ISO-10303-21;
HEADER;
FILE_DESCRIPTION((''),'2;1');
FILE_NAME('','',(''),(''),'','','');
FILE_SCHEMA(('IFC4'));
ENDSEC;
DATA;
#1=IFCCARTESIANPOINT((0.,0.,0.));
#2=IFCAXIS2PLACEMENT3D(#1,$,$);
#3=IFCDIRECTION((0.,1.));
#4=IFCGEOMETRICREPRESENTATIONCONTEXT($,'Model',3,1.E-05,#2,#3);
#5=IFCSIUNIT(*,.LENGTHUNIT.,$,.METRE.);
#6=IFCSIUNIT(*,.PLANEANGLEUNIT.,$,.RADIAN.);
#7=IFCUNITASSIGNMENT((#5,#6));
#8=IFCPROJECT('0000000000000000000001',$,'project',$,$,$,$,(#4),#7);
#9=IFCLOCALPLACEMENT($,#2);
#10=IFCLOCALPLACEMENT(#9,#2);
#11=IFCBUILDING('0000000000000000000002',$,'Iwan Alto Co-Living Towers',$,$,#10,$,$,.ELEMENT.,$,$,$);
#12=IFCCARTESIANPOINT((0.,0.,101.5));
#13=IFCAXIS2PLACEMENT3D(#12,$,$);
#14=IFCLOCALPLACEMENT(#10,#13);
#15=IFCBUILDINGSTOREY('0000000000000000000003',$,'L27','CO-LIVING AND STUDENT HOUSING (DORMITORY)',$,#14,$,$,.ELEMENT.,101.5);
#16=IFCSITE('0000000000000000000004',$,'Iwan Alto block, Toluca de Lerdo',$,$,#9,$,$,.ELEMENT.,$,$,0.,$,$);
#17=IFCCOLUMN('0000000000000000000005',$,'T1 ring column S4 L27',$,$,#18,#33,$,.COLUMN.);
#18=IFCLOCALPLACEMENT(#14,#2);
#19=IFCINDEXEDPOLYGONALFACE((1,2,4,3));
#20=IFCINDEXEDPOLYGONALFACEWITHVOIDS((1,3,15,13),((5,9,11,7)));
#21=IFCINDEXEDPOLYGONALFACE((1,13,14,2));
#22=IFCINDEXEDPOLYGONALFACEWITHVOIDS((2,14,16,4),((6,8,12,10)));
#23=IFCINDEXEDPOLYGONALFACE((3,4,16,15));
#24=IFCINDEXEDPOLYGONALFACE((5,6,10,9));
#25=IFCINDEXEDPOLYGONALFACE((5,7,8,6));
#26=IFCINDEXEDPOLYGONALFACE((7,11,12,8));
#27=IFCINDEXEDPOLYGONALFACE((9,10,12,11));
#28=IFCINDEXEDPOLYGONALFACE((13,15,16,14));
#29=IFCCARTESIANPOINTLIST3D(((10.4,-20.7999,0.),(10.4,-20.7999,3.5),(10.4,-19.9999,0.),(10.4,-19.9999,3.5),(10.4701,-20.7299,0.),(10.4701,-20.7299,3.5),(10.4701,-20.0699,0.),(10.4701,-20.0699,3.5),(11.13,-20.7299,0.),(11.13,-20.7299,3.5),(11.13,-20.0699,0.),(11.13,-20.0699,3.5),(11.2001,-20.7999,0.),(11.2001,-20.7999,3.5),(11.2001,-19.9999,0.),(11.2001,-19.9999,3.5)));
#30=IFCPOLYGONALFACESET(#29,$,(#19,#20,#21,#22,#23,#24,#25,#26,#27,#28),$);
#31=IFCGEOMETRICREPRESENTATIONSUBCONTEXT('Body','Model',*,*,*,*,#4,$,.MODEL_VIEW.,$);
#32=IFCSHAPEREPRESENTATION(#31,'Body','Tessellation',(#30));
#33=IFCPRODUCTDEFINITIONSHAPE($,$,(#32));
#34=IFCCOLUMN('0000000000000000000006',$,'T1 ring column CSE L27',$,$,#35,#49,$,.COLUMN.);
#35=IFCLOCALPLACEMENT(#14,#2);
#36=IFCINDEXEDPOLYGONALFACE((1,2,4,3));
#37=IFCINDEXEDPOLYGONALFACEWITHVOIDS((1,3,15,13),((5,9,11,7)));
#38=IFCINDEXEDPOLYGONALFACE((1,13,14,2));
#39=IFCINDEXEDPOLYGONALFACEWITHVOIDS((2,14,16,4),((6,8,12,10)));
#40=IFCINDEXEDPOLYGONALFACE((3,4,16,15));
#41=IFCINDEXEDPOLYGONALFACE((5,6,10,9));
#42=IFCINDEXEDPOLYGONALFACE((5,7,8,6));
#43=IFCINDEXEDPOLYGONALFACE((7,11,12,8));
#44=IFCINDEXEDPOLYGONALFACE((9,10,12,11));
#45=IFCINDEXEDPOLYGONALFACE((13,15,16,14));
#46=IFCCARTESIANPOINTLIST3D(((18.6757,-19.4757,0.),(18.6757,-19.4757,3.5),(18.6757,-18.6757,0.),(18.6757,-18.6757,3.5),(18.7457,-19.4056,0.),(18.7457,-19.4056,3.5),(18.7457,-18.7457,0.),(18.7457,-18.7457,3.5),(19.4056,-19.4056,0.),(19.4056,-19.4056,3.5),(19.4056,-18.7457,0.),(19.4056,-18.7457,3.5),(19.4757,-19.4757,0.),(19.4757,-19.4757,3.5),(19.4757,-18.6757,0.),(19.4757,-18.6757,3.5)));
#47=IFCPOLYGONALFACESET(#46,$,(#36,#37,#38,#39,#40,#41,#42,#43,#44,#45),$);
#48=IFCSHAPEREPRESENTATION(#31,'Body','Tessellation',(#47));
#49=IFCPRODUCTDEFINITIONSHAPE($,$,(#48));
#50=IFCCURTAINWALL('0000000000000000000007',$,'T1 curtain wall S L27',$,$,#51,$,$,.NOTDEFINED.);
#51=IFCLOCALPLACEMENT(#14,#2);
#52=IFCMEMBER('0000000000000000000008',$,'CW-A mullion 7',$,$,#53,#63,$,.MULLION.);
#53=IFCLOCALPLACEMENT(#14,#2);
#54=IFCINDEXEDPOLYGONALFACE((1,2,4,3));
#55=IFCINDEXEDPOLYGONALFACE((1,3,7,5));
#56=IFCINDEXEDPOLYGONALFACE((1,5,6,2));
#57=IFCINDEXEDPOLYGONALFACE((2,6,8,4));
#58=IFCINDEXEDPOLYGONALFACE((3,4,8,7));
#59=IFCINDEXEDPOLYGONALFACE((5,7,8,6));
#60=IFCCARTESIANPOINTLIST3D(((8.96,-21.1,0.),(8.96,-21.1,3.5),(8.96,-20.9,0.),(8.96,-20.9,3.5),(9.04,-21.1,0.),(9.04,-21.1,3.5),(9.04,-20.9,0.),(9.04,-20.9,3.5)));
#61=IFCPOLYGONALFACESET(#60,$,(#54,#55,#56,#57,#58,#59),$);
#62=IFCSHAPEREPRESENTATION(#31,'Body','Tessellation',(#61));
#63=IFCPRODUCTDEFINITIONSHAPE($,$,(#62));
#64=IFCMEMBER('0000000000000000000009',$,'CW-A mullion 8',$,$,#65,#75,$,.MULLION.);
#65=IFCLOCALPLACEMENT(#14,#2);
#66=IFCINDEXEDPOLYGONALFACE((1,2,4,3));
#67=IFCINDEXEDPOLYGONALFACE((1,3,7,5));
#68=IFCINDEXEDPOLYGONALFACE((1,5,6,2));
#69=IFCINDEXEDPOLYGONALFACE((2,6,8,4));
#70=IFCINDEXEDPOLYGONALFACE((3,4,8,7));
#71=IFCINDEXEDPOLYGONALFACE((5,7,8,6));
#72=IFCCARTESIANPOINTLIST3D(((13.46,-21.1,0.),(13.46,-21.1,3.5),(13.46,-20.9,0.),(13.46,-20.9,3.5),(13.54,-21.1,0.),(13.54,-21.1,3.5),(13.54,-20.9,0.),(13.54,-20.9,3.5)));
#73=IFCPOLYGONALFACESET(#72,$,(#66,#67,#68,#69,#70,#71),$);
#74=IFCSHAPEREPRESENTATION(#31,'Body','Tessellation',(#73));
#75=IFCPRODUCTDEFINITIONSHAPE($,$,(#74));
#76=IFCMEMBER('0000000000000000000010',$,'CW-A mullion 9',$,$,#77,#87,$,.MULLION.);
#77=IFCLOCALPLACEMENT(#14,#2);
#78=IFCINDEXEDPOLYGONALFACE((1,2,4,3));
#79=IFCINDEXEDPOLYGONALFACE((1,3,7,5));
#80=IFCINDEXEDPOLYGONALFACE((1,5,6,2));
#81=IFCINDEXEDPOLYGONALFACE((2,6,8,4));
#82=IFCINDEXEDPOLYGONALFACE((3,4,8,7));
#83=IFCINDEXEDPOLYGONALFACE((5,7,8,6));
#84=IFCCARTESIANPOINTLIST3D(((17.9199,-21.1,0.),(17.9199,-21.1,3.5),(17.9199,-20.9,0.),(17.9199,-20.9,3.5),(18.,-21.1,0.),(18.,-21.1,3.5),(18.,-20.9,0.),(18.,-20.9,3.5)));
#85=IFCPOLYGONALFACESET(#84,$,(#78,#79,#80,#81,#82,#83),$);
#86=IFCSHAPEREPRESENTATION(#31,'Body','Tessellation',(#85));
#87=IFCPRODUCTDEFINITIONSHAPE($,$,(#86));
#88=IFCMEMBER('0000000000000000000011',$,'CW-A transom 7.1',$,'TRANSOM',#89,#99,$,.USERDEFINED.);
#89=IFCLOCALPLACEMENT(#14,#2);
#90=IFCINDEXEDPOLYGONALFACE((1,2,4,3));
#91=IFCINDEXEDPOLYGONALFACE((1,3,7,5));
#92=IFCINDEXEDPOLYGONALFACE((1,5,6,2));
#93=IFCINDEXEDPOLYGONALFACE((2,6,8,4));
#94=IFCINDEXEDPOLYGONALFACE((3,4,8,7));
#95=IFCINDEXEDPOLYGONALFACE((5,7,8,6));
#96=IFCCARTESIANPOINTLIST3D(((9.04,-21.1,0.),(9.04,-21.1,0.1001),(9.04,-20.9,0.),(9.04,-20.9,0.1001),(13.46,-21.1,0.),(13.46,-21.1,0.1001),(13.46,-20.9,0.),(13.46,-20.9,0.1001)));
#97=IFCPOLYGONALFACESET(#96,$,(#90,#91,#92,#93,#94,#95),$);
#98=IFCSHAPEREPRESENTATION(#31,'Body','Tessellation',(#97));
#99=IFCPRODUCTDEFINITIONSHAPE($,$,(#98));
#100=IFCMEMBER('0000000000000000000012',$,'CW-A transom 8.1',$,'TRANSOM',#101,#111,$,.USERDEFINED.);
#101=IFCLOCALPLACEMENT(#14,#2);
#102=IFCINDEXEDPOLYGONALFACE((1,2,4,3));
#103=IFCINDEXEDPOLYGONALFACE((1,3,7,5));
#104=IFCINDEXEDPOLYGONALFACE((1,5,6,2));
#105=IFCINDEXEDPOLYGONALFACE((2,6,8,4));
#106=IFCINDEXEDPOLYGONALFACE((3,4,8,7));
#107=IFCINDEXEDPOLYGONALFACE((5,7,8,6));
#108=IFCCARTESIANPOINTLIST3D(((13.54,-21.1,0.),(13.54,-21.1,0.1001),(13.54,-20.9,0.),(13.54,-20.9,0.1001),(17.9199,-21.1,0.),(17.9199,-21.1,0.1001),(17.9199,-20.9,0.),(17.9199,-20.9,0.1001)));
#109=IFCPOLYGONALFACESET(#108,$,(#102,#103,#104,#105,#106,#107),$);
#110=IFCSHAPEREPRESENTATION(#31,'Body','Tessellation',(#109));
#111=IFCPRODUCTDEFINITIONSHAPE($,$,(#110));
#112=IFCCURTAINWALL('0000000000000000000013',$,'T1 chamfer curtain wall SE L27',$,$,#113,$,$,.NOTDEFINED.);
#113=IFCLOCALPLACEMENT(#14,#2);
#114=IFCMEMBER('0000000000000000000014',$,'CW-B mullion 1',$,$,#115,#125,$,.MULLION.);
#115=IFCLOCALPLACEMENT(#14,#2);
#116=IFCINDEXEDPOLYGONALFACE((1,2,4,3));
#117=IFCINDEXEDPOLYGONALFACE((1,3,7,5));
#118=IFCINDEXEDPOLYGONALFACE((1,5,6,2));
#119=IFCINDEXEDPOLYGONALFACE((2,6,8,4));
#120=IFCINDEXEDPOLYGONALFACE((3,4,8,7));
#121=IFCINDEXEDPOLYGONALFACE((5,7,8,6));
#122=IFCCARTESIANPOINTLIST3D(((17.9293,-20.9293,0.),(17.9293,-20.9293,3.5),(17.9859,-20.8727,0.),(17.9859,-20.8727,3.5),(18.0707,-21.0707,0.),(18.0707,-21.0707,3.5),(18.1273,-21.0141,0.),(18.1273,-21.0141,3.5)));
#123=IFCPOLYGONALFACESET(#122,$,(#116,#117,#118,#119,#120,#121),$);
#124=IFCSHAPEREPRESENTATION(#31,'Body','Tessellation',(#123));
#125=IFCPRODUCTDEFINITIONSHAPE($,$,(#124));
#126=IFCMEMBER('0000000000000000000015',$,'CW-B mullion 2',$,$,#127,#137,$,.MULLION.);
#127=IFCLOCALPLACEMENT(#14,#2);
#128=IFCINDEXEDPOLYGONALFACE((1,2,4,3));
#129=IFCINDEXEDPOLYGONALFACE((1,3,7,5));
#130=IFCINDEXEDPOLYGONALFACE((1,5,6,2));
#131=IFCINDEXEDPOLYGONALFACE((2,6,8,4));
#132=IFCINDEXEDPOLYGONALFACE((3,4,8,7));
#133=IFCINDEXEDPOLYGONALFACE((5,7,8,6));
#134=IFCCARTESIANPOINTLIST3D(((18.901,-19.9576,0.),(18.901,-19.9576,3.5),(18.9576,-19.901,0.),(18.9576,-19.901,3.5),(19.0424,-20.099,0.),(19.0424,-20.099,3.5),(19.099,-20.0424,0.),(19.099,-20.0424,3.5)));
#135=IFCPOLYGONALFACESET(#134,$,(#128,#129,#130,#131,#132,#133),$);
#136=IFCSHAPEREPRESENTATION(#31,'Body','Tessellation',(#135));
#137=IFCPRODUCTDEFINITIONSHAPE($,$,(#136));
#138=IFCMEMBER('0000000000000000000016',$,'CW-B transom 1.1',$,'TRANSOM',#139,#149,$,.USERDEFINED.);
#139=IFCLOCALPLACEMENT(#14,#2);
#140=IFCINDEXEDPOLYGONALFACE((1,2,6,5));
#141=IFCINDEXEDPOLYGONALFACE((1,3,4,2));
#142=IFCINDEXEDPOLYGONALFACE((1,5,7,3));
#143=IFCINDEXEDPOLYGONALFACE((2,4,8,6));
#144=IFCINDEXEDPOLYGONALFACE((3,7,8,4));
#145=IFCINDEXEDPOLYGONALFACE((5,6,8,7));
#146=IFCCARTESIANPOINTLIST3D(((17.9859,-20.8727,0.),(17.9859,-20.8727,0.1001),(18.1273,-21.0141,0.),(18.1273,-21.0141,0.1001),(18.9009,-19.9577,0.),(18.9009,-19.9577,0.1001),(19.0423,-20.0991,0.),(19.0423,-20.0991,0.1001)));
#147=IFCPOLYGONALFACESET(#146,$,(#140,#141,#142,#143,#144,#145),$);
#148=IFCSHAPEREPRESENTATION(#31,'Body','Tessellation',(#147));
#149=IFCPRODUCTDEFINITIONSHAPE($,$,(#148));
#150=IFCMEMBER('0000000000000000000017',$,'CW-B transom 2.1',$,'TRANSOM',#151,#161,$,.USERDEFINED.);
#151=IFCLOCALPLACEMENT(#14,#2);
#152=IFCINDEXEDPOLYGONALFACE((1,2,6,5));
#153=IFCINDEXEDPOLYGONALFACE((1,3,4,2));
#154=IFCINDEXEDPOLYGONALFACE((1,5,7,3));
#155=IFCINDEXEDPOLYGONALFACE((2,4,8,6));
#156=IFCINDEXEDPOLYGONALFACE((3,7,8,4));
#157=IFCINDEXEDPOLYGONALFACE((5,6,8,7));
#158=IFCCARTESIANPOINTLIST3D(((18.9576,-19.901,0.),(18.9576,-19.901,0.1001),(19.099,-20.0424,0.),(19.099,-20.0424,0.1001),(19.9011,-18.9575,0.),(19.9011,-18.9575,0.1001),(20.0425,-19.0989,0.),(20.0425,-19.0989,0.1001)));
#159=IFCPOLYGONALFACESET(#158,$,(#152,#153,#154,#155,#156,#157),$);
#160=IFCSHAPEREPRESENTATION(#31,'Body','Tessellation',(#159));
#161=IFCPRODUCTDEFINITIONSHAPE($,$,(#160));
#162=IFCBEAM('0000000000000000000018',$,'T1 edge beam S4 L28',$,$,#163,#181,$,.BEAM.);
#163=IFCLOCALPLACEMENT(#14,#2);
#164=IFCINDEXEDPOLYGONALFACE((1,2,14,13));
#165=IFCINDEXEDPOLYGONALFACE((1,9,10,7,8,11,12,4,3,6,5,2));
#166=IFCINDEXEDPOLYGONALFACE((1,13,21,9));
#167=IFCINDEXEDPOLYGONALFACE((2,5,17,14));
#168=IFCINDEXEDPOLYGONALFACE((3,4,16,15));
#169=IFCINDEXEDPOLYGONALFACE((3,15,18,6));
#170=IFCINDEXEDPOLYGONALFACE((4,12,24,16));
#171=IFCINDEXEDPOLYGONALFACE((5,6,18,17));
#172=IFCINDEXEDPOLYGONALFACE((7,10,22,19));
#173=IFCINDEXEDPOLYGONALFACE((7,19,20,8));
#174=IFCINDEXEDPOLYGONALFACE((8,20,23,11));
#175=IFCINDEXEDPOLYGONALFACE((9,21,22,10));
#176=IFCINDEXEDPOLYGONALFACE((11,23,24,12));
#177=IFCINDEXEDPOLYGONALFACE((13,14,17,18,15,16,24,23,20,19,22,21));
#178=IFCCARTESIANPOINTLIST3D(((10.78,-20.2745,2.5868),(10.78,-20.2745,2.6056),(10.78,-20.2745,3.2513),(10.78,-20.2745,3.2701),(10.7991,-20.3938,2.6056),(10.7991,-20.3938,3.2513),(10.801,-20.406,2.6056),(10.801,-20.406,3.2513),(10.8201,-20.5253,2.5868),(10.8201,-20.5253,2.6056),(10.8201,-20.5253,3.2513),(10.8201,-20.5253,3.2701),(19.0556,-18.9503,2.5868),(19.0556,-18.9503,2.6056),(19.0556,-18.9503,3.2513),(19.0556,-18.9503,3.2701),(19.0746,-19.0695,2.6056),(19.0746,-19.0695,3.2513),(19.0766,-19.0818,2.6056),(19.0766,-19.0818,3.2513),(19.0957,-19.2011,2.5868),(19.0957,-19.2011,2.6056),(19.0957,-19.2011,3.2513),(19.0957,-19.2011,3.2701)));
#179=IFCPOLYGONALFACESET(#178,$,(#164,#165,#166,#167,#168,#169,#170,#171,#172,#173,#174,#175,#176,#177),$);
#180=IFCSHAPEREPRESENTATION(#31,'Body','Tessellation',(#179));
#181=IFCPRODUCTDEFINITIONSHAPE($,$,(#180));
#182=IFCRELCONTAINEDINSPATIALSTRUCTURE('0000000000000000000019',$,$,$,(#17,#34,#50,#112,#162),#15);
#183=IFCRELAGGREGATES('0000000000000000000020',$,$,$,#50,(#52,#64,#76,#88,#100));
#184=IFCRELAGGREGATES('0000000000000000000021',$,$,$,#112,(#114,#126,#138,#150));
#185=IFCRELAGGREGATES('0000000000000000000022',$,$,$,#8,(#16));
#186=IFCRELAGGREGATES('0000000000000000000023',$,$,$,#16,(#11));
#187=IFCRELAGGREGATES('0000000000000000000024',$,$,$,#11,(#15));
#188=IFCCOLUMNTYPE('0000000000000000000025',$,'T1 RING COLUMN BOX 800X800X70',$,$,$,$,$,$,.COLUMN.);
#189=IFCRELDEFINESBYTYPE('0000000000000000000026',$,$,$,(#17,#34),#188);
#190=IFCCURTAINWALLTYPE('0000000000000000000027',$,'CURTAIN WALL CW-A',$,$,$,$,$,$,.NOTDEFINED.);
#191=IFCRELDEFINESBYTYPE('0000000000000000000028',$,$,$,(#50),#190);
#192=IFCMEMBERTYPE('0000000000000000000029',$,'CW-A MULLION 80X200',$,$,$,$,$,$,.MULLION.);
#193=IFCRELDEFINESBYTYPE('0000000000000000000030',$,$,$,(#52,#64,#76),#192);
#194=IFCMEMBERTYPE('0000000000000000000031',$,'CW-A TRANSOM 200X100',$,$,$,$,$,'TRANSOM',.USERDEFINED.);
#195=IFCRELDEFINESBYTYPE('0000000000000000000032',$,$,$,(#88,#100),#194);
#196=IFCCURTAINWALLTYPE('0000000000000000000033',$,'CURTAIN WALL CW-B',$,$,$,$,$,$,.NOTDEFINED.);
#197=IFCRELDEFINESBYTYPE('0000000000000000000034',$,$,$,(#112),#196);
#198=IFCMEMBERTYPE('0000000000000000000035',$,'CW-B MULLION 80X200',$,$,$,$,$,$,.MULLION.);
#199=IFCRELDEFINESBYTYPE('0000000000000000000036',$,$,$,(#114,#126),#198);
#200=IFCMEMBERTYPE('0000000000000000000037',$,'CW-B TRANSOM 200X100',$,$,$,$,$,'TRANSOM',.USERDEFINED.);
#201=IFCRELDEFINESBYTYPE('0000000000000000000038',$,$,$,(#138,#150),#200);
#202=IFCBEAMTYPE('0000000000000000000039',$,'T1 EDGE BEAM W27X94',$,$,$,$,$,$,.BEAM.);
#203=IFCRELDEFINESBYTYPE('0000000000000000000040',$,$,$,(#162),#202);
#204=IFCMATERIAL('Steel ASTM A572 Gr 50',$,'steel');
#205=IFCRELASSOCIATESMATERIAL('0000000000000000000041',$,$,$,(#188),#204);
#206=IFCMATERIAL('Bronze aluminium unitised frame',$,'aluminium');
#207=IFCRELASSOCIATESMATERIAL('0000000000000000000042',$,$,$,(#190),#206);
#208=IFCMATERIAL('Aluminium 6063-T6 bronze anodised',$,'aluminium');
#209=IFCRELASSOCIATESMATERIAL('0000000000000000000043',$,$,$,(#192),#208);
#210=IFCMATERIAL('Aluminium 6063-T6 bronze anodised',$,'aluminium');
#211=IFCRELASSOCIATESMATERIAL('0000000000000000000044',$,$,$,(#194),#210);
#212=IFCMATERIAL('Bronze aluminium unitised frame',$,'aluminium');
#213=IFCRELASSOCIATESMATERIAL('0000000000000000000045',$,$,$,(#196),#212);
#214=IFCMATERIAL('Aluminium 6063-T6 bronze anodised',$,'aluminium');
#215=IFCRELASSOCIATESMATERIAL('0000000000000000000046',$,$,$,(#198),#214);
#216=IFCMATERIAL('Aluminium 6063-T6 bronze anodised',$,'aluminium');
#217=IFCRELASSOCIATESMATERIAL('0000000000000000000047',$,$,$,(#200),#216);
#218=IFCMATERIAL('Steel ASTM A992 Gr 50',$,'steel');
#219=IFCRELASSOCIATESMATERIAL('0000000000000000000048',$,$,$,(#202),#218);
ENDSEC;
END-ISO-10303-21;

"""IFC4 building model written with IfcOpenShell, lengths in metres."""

from ifc_helpers import new_model, si_unit, direction, frame, origin, origin_2d, place, context, subcontext, project, spatial, rectangle, hollow_rectangle, i_section, extrude, material, material_profile, profile_set, type_object, element, aggregate, save


model = new_model("IFC4")

# Units and contexts
model_context = context("Model", 3, precision=1e-05, world=origin(), true_north=direction((0.0, 1.0)))
body_context = subcontext(model_context, "Body", "Model", "MODEL_VIEW")
ifc_project = project(units=[si_unit("LENGTHUNIT", "METRE"), si_unit("PLANEANGLEUNIT", "RADIAN")], contexts=[model_context])

# Site, building, storey
site_placement = place(None, origin())
site = spatial("IfcSite", under=ifc_project, at=site_placement, Name="Iwan Alto block, Toluca de Lerdo", CompositionType="ELEMENT", RefElevation=0.0)
building_placement = place(site_placement, origin())
building = spatial("IfcBuilding", under=site, at=building_placement, Name="Iwan Alto Co-Living Towers", CompositionType="ELEMENT")
storey_placement = place(building_placement, frame((0.0, 0.0, 101.5)))
storey = spatial("IfcBuildingStorey", under=building, at=storey_placement, Name="L27", Description="CO-LIVING AND STUDENT HOUSING (DORMITORY)", CompositionType="ELEMENT", Elevation=101.5)

# Columns
ifc_material_1 = material(Name="Steel ASTM A572 Gr 50", Category="steel")
ifc_material_profile_1 = material_profile(ifc_material_1, hollow_rectangle(XDim=0.8, YDim=0.8, WallThickness=0.0701, at=origin_2d()), Name="BOX 800X800X70")
ifc_profile_set_1 = profile_set([ifc_material_profile_1], Name="Steel ASTM A572 Gr 50")
column_type = type_object("IfcColumnType", Name="T1 RING COLUMN BOX 800X800X70", PredefinedType="COLUMN", material=ifc_profile_set_1)
for number, where, z_axis, x_axis, name in (
    (1, (10.8, -20.3999, 0.0), (0.0, 0.0, 1.0), (1.0, 0.0, 0.0), "T1 ring column S4 L27"),
    (2, (19.0757, -19.0757, 0.0), (0.0, 0.0, 1.0), (1.0, 0.0, 0.0), "T1 ring column CSE L27"),
):
    element("IfcColumn", number, at=place(storey_placement, frame(where, z_axis=z_axis, x_axis=x_axis)), inside=storey, type_object=column_type, Name=name, PredefinedType="COLUMN", context=body_context, shape_type="SweptSolid", body=[
        extrude(hollow_rectangle(XDim=0.8, YDim=0.8, WallThickness=0.0701, at=origin_2d()), origin(), (0.0, 0.0, 1.0), 3.5),
    ])

# Curtain walls, members
ifc_material_2 = material(Name="Bronze aluminium unitised frame", Category="aluminium")
curtain_wall_type_1 = type_object("IfcCurtainWallType", Name="CURTAIN WALL CW-A", PredefinedType="NOTDEFINED", material=ifc_material_2)
curtain_wall_1_placement = place(storey_placement, origin())
curtain_wall_1 = element("IfcCurtainWall", 3, at=curtain_wall_1_placement, inside=storey, type_object=curtain_wall_type_1, Name="T1 curtain wall S L27", PredefinedType="NOTDEFINED")
ifc_material_3 = material(Name="Aluminium 6063-T6 bronze anodised", Category="aluminium")
ifc_material_profile_2 = material_profile(ifc_material_3, rectangle(XDim=0.2, YDim=0.0801, at=origin_2d()), Name="AL 80X200")
ifc_profile_set_2 = profile_set([ifc_material_profile_2], Name="Aluminium 6063-T6 bronze anodised")
member_type_1 = type_object("IfcMemberType", Name="CW-A MULLION 80X200", PredefinedType="MULLION", material=ifc_profile_set_2)
member_1_placement = place(storey_placement, frame((9.0, -21.0, 0.0), z_axis=(0.0, 0.0, 1.0), x_axis=(0.0, 1.0, 0.0)))
member_1 = element("IfcMember", 4, at=member_1_placement, type_object=member_type_1, Name="CW-A mullion 7", PredefinedType="MULLION", context=body_context, shape_type="SweptSolid", body=[
    extrude(rectangle(XDim=0.2, YDim=0.0801, at=origin_2d()), origin(), (0.0, 0.0, 1.0), 3.5),
])
member_2_placement = place(storey_placement, frame((13.5, -21.0, 0.0), z_axis=(0.0, 0.0, 1.0), x_axis=(0.0, 1.0, 0.0)))
member_2 = element("IfcMember", 5, at=member_2_placement, type_object=member_type_1, Name="CW-A mullion 8", PredefinedType="MULLION", context=body_context, shape_type="SweptSolid", body=[
    extrude(rectangle(XDim=0.2, YDim=0.0801, at=origin_2d()), origin(), (0.0, 0.0, 1.0), 3.5),
])
member_3_placement = place(storey_placement, frame((17.96, -21.0, 0.0), z_axis=(0.0, 0.0, 1.0), x_axis=(0.0, 1.0, 0.0)))
member_3 = element("IfcMember", 6, at=member_3_placement, type_object=member_type_1, Name="CW-A mullion 9", PredefinedType="MULLION", context=body_context, shape_type="SweptSolid", body=[
    extrude(rectangle(XDim=0.2, YDim=0.0801, at=origin_2d()), origin(), (0.0, 0.0, 1.0), 3.5),
])
ifc_material_4 = material(Name="Aluminium 6063-T6 bronze anodised", Category="aluminium")
ifc_material_profile_3 = material_profile(ifc_material_4, rectangle(XDim=0.2, YDim=0.1001, at=origin_2d()), Name="AL 200X100")
ifc_profile_set_3 = profile_set([ifc_material_profile_3], Name="Aluminium 6063-T6 bronze anodised")
member_type_2 = type_object("IfcMemberType", Name="CW-A TRANSOM 200X100", ElementType="TRANSOM", PredefinedType="USERDEFINED", material=ifc_profile_set_3)
member_4_placement = place(storey_placement, frame((9.04, -21.0, 0.05), z_axis=(1.0, 0.0, 0.0), x_axis=(0.0, 1.0, 0.0)))
member_4 = element("IfcMember", 7, at=member_4_placement, type_object=member_type_2, Name="CW-A transom 7.1", ObjectType="TRANSOM", PredefinedType="USERDEFINED", context=body_context, shape_type="SweptSolid", body=[
    extrude(rectangle(XDim=0.2, YDim=0.1001, at=origin_2d()), origin(), (0.0, 0.0, 1.0), 4.4199),
])
member_5_placement = place(storey_placement, frame((13.54, -21.0, 0.05), z_axis=(1.0, 0.0, 0.0), x_axis=(0.0, 1.0, 0.0)))
member_5 = element("IfcMember", 8, at=member_5_placement, type_object=member_type_2, Name="CW-A transom 8.1", ObjectType="TRANSOM", PredefinedType="USERDEFINED", context=body_context, shape_type="SweptSolid", body=[
    extrude(rectangle(XDim=0.2, YDim=0.1001, at=origin_2d()), origin(), (0.0, 0.0, 1.0), 4.3799),
])
ifc_material_5 = material(Name="Bronze aluminium unitised frame", Category="aluminium")
curtain_wall_type_2 = type_object("IfcCurtainWallType", Name="CURTAIN WALL CW-B", PredefinedType="NOTDEFINED", material=ifc_material_5)
curtain_wall_2_placement = place(storey_placement, origin())
curtain_wall_2 = element("IfcCurtainWall", 9, at=curtain_wall_2_placement, inside=storey, type_object=curtain_wall_type_2, Name="T1 chamfer curtain wall SE L27", PredefinedType="NOTDEFINED")
ifc_material_6 = material(Name="Aluminium 6063-T6 bronze anodised", Category="aluminium")
ifc_material_profile_4 = material_profile(ifc_material_6, rectangle(XDim=0.2, YDim=0.0801, at=origin_2d()), Name="AL 80X200")
ifc_profile_set_4 = profile_set([ifc_material_profile_4], Name="Aluminium 6063-T6 bronze anodised")
member_type_3 = type_object("IfcMemberType", Name="CW-B MULLION 80X200", PredefinedType="MULLION", material=ifc_profile_set_4)
member_6_placement = place(storey_placement, frame((18.0283, -20.9717, 0.0), z_axis=(0.0, 0.0, 1.0), x_axis=(-0.707107, 0.707107, 0.0)))
member_6 = element("IfcMember", 10, at=member_6_placement, type_object=member_type_3, Name="CW-B mullion 1", PredefinedType="MULLION", context=body_context, shape_type="SweptSolid", body=[
    extrude(rectangle(XDim=0.2, YDim=0.0801, at=origin_2d()), origin(), (0.0, 0.0, 1.0), 3.5),
])
member_7_placement = place(storey_placement, frame((19.0, -20.0, 0.0), z_axis=(0.0, 0.0, 1.0), x_axis=(-0.707107, 0.707107, 0.0)))
member_7 = element("IfcMember", 11, at=member_7_placement, type_object=member_type_3, Name="CW-B mullion 2", PredefinedType="MULLION", context=body_context, shape_type="SweptSolid", body=[
    extrude(rectangle(XDim=0.2, YDim=0.0801, at=origin_2d()), origin(), (0.0, 0.0, 1.0), 3.5),
])
ifc_material_7 = material(Name="Aluminium 6063-T6 bronze anodised", Category="aluminium")
ifc_material_profile_5 = material_profile(ifc_material_7, rectangle(XDim=0.2, YDim=0.1001, at=origin_2d()), Name="AL 200X100")
ifc_profile_set_5 = profile_set([ifc_material_profile_5], Name="Aluminium 6063-T6 bronze anodised")
member_type_4 = type_object("IfcMemberType", Name="CW-B TRANSOM 200X100", ElementType="TRANSOM", PredefinedType="USERDEFINED", material=ifc_profile_set_5)
member_8_placement = place(storey_placement, frame((18.0566, -20.9434, 0.05), z_axis=(0.707107, 0.707107, 0.0), x_axis=(-0.707107, 0.707107, 0.0)))
member_8 = element("IfcMember", 12, at=member_8_placement, type_object=member_type_4, Name="CW-B transom 1.1", ObjectType="TRANSOM", PredefinedType="USERDEFINED", context=body_context, shape_type="SweptSolid", body=[
    extrude(rectangle(XDim=0.2, YDim=0.1001, at=origin_2d()), origin(), (0.0, 0.0, 1.0), 1.2939),
])
member_9_placement = place(storey_placement, frame((19.0283, -19.9717, 0.05), z_axis=(0.707107, 0.707107, 0.0), x_axis=(-0.707107, 0.707107, 0.0)))
member_9 = element("IfcMember", 13, at=member_9_placement, type_object=member_type_4, Name="CW-B transom 2.1", ObjectType="TRANSOM", PredefinedType="USERDEFINED", context=body_context, shape_type="SweptSolid", body=[
    extrude(rectangle(XDim=0.2, YDim=0.1001, at=origin_2d()), origin(), (0.0, 0.0, 1.0), 1.3342),
])

# Beam
ifc_material_8 = material(Name="Steel ASTM A992 Gr 50", Category="steel")
ifc_material_profile_6 = material_profile(ifc_material_8, i_section(OverallWidth=0.2539, OverallDepth=0.6833, WebThickness=0.0125, FlangeThickness=0.0188, at=origin_2d()), Name="W27X94")
ifc_profile_set_6 = profile_set([ifc_material_profile_6], Name="Steel ASTM A992 Gr 50")
beam_type_1 = type_object("IfcBeamType", Name="T1 EDGE BEAM W27X94", PredefinedType="BEAM", material=ifc_profile_set_6)
beam_1_placement = place(storey_placement, frame((10.8, -20.3999, 2.9285), z_axis=(0.987438, 0.158004, 0.0), x_axis=(-0.158004, 0.987438, 0.0)))
element("IfcBeam", 14, at=beam_1_placement, inside=storey, type_object=beam_type_1, Name="T1 edge beam S4 L28", PredefinedType="BEAM", context=body_context, shape_type="SweptSolid", body=[
    extrude(i_section(OverallWidth=0.2539, OverallDepth=0.6833, WebThickness=0.0125, FlangeThickness=0.0188, at=origin_2d()), origin(), (0.0, 0.0, 1.0), 8.3809),
])

aggregate(curtain_wall_1, [member_1, member_2, member_3, member_4, member_5])
aggregate(curtain_wall_2, [member_6, member_7, member_8, member_9])

save(model, "model.ifc")
